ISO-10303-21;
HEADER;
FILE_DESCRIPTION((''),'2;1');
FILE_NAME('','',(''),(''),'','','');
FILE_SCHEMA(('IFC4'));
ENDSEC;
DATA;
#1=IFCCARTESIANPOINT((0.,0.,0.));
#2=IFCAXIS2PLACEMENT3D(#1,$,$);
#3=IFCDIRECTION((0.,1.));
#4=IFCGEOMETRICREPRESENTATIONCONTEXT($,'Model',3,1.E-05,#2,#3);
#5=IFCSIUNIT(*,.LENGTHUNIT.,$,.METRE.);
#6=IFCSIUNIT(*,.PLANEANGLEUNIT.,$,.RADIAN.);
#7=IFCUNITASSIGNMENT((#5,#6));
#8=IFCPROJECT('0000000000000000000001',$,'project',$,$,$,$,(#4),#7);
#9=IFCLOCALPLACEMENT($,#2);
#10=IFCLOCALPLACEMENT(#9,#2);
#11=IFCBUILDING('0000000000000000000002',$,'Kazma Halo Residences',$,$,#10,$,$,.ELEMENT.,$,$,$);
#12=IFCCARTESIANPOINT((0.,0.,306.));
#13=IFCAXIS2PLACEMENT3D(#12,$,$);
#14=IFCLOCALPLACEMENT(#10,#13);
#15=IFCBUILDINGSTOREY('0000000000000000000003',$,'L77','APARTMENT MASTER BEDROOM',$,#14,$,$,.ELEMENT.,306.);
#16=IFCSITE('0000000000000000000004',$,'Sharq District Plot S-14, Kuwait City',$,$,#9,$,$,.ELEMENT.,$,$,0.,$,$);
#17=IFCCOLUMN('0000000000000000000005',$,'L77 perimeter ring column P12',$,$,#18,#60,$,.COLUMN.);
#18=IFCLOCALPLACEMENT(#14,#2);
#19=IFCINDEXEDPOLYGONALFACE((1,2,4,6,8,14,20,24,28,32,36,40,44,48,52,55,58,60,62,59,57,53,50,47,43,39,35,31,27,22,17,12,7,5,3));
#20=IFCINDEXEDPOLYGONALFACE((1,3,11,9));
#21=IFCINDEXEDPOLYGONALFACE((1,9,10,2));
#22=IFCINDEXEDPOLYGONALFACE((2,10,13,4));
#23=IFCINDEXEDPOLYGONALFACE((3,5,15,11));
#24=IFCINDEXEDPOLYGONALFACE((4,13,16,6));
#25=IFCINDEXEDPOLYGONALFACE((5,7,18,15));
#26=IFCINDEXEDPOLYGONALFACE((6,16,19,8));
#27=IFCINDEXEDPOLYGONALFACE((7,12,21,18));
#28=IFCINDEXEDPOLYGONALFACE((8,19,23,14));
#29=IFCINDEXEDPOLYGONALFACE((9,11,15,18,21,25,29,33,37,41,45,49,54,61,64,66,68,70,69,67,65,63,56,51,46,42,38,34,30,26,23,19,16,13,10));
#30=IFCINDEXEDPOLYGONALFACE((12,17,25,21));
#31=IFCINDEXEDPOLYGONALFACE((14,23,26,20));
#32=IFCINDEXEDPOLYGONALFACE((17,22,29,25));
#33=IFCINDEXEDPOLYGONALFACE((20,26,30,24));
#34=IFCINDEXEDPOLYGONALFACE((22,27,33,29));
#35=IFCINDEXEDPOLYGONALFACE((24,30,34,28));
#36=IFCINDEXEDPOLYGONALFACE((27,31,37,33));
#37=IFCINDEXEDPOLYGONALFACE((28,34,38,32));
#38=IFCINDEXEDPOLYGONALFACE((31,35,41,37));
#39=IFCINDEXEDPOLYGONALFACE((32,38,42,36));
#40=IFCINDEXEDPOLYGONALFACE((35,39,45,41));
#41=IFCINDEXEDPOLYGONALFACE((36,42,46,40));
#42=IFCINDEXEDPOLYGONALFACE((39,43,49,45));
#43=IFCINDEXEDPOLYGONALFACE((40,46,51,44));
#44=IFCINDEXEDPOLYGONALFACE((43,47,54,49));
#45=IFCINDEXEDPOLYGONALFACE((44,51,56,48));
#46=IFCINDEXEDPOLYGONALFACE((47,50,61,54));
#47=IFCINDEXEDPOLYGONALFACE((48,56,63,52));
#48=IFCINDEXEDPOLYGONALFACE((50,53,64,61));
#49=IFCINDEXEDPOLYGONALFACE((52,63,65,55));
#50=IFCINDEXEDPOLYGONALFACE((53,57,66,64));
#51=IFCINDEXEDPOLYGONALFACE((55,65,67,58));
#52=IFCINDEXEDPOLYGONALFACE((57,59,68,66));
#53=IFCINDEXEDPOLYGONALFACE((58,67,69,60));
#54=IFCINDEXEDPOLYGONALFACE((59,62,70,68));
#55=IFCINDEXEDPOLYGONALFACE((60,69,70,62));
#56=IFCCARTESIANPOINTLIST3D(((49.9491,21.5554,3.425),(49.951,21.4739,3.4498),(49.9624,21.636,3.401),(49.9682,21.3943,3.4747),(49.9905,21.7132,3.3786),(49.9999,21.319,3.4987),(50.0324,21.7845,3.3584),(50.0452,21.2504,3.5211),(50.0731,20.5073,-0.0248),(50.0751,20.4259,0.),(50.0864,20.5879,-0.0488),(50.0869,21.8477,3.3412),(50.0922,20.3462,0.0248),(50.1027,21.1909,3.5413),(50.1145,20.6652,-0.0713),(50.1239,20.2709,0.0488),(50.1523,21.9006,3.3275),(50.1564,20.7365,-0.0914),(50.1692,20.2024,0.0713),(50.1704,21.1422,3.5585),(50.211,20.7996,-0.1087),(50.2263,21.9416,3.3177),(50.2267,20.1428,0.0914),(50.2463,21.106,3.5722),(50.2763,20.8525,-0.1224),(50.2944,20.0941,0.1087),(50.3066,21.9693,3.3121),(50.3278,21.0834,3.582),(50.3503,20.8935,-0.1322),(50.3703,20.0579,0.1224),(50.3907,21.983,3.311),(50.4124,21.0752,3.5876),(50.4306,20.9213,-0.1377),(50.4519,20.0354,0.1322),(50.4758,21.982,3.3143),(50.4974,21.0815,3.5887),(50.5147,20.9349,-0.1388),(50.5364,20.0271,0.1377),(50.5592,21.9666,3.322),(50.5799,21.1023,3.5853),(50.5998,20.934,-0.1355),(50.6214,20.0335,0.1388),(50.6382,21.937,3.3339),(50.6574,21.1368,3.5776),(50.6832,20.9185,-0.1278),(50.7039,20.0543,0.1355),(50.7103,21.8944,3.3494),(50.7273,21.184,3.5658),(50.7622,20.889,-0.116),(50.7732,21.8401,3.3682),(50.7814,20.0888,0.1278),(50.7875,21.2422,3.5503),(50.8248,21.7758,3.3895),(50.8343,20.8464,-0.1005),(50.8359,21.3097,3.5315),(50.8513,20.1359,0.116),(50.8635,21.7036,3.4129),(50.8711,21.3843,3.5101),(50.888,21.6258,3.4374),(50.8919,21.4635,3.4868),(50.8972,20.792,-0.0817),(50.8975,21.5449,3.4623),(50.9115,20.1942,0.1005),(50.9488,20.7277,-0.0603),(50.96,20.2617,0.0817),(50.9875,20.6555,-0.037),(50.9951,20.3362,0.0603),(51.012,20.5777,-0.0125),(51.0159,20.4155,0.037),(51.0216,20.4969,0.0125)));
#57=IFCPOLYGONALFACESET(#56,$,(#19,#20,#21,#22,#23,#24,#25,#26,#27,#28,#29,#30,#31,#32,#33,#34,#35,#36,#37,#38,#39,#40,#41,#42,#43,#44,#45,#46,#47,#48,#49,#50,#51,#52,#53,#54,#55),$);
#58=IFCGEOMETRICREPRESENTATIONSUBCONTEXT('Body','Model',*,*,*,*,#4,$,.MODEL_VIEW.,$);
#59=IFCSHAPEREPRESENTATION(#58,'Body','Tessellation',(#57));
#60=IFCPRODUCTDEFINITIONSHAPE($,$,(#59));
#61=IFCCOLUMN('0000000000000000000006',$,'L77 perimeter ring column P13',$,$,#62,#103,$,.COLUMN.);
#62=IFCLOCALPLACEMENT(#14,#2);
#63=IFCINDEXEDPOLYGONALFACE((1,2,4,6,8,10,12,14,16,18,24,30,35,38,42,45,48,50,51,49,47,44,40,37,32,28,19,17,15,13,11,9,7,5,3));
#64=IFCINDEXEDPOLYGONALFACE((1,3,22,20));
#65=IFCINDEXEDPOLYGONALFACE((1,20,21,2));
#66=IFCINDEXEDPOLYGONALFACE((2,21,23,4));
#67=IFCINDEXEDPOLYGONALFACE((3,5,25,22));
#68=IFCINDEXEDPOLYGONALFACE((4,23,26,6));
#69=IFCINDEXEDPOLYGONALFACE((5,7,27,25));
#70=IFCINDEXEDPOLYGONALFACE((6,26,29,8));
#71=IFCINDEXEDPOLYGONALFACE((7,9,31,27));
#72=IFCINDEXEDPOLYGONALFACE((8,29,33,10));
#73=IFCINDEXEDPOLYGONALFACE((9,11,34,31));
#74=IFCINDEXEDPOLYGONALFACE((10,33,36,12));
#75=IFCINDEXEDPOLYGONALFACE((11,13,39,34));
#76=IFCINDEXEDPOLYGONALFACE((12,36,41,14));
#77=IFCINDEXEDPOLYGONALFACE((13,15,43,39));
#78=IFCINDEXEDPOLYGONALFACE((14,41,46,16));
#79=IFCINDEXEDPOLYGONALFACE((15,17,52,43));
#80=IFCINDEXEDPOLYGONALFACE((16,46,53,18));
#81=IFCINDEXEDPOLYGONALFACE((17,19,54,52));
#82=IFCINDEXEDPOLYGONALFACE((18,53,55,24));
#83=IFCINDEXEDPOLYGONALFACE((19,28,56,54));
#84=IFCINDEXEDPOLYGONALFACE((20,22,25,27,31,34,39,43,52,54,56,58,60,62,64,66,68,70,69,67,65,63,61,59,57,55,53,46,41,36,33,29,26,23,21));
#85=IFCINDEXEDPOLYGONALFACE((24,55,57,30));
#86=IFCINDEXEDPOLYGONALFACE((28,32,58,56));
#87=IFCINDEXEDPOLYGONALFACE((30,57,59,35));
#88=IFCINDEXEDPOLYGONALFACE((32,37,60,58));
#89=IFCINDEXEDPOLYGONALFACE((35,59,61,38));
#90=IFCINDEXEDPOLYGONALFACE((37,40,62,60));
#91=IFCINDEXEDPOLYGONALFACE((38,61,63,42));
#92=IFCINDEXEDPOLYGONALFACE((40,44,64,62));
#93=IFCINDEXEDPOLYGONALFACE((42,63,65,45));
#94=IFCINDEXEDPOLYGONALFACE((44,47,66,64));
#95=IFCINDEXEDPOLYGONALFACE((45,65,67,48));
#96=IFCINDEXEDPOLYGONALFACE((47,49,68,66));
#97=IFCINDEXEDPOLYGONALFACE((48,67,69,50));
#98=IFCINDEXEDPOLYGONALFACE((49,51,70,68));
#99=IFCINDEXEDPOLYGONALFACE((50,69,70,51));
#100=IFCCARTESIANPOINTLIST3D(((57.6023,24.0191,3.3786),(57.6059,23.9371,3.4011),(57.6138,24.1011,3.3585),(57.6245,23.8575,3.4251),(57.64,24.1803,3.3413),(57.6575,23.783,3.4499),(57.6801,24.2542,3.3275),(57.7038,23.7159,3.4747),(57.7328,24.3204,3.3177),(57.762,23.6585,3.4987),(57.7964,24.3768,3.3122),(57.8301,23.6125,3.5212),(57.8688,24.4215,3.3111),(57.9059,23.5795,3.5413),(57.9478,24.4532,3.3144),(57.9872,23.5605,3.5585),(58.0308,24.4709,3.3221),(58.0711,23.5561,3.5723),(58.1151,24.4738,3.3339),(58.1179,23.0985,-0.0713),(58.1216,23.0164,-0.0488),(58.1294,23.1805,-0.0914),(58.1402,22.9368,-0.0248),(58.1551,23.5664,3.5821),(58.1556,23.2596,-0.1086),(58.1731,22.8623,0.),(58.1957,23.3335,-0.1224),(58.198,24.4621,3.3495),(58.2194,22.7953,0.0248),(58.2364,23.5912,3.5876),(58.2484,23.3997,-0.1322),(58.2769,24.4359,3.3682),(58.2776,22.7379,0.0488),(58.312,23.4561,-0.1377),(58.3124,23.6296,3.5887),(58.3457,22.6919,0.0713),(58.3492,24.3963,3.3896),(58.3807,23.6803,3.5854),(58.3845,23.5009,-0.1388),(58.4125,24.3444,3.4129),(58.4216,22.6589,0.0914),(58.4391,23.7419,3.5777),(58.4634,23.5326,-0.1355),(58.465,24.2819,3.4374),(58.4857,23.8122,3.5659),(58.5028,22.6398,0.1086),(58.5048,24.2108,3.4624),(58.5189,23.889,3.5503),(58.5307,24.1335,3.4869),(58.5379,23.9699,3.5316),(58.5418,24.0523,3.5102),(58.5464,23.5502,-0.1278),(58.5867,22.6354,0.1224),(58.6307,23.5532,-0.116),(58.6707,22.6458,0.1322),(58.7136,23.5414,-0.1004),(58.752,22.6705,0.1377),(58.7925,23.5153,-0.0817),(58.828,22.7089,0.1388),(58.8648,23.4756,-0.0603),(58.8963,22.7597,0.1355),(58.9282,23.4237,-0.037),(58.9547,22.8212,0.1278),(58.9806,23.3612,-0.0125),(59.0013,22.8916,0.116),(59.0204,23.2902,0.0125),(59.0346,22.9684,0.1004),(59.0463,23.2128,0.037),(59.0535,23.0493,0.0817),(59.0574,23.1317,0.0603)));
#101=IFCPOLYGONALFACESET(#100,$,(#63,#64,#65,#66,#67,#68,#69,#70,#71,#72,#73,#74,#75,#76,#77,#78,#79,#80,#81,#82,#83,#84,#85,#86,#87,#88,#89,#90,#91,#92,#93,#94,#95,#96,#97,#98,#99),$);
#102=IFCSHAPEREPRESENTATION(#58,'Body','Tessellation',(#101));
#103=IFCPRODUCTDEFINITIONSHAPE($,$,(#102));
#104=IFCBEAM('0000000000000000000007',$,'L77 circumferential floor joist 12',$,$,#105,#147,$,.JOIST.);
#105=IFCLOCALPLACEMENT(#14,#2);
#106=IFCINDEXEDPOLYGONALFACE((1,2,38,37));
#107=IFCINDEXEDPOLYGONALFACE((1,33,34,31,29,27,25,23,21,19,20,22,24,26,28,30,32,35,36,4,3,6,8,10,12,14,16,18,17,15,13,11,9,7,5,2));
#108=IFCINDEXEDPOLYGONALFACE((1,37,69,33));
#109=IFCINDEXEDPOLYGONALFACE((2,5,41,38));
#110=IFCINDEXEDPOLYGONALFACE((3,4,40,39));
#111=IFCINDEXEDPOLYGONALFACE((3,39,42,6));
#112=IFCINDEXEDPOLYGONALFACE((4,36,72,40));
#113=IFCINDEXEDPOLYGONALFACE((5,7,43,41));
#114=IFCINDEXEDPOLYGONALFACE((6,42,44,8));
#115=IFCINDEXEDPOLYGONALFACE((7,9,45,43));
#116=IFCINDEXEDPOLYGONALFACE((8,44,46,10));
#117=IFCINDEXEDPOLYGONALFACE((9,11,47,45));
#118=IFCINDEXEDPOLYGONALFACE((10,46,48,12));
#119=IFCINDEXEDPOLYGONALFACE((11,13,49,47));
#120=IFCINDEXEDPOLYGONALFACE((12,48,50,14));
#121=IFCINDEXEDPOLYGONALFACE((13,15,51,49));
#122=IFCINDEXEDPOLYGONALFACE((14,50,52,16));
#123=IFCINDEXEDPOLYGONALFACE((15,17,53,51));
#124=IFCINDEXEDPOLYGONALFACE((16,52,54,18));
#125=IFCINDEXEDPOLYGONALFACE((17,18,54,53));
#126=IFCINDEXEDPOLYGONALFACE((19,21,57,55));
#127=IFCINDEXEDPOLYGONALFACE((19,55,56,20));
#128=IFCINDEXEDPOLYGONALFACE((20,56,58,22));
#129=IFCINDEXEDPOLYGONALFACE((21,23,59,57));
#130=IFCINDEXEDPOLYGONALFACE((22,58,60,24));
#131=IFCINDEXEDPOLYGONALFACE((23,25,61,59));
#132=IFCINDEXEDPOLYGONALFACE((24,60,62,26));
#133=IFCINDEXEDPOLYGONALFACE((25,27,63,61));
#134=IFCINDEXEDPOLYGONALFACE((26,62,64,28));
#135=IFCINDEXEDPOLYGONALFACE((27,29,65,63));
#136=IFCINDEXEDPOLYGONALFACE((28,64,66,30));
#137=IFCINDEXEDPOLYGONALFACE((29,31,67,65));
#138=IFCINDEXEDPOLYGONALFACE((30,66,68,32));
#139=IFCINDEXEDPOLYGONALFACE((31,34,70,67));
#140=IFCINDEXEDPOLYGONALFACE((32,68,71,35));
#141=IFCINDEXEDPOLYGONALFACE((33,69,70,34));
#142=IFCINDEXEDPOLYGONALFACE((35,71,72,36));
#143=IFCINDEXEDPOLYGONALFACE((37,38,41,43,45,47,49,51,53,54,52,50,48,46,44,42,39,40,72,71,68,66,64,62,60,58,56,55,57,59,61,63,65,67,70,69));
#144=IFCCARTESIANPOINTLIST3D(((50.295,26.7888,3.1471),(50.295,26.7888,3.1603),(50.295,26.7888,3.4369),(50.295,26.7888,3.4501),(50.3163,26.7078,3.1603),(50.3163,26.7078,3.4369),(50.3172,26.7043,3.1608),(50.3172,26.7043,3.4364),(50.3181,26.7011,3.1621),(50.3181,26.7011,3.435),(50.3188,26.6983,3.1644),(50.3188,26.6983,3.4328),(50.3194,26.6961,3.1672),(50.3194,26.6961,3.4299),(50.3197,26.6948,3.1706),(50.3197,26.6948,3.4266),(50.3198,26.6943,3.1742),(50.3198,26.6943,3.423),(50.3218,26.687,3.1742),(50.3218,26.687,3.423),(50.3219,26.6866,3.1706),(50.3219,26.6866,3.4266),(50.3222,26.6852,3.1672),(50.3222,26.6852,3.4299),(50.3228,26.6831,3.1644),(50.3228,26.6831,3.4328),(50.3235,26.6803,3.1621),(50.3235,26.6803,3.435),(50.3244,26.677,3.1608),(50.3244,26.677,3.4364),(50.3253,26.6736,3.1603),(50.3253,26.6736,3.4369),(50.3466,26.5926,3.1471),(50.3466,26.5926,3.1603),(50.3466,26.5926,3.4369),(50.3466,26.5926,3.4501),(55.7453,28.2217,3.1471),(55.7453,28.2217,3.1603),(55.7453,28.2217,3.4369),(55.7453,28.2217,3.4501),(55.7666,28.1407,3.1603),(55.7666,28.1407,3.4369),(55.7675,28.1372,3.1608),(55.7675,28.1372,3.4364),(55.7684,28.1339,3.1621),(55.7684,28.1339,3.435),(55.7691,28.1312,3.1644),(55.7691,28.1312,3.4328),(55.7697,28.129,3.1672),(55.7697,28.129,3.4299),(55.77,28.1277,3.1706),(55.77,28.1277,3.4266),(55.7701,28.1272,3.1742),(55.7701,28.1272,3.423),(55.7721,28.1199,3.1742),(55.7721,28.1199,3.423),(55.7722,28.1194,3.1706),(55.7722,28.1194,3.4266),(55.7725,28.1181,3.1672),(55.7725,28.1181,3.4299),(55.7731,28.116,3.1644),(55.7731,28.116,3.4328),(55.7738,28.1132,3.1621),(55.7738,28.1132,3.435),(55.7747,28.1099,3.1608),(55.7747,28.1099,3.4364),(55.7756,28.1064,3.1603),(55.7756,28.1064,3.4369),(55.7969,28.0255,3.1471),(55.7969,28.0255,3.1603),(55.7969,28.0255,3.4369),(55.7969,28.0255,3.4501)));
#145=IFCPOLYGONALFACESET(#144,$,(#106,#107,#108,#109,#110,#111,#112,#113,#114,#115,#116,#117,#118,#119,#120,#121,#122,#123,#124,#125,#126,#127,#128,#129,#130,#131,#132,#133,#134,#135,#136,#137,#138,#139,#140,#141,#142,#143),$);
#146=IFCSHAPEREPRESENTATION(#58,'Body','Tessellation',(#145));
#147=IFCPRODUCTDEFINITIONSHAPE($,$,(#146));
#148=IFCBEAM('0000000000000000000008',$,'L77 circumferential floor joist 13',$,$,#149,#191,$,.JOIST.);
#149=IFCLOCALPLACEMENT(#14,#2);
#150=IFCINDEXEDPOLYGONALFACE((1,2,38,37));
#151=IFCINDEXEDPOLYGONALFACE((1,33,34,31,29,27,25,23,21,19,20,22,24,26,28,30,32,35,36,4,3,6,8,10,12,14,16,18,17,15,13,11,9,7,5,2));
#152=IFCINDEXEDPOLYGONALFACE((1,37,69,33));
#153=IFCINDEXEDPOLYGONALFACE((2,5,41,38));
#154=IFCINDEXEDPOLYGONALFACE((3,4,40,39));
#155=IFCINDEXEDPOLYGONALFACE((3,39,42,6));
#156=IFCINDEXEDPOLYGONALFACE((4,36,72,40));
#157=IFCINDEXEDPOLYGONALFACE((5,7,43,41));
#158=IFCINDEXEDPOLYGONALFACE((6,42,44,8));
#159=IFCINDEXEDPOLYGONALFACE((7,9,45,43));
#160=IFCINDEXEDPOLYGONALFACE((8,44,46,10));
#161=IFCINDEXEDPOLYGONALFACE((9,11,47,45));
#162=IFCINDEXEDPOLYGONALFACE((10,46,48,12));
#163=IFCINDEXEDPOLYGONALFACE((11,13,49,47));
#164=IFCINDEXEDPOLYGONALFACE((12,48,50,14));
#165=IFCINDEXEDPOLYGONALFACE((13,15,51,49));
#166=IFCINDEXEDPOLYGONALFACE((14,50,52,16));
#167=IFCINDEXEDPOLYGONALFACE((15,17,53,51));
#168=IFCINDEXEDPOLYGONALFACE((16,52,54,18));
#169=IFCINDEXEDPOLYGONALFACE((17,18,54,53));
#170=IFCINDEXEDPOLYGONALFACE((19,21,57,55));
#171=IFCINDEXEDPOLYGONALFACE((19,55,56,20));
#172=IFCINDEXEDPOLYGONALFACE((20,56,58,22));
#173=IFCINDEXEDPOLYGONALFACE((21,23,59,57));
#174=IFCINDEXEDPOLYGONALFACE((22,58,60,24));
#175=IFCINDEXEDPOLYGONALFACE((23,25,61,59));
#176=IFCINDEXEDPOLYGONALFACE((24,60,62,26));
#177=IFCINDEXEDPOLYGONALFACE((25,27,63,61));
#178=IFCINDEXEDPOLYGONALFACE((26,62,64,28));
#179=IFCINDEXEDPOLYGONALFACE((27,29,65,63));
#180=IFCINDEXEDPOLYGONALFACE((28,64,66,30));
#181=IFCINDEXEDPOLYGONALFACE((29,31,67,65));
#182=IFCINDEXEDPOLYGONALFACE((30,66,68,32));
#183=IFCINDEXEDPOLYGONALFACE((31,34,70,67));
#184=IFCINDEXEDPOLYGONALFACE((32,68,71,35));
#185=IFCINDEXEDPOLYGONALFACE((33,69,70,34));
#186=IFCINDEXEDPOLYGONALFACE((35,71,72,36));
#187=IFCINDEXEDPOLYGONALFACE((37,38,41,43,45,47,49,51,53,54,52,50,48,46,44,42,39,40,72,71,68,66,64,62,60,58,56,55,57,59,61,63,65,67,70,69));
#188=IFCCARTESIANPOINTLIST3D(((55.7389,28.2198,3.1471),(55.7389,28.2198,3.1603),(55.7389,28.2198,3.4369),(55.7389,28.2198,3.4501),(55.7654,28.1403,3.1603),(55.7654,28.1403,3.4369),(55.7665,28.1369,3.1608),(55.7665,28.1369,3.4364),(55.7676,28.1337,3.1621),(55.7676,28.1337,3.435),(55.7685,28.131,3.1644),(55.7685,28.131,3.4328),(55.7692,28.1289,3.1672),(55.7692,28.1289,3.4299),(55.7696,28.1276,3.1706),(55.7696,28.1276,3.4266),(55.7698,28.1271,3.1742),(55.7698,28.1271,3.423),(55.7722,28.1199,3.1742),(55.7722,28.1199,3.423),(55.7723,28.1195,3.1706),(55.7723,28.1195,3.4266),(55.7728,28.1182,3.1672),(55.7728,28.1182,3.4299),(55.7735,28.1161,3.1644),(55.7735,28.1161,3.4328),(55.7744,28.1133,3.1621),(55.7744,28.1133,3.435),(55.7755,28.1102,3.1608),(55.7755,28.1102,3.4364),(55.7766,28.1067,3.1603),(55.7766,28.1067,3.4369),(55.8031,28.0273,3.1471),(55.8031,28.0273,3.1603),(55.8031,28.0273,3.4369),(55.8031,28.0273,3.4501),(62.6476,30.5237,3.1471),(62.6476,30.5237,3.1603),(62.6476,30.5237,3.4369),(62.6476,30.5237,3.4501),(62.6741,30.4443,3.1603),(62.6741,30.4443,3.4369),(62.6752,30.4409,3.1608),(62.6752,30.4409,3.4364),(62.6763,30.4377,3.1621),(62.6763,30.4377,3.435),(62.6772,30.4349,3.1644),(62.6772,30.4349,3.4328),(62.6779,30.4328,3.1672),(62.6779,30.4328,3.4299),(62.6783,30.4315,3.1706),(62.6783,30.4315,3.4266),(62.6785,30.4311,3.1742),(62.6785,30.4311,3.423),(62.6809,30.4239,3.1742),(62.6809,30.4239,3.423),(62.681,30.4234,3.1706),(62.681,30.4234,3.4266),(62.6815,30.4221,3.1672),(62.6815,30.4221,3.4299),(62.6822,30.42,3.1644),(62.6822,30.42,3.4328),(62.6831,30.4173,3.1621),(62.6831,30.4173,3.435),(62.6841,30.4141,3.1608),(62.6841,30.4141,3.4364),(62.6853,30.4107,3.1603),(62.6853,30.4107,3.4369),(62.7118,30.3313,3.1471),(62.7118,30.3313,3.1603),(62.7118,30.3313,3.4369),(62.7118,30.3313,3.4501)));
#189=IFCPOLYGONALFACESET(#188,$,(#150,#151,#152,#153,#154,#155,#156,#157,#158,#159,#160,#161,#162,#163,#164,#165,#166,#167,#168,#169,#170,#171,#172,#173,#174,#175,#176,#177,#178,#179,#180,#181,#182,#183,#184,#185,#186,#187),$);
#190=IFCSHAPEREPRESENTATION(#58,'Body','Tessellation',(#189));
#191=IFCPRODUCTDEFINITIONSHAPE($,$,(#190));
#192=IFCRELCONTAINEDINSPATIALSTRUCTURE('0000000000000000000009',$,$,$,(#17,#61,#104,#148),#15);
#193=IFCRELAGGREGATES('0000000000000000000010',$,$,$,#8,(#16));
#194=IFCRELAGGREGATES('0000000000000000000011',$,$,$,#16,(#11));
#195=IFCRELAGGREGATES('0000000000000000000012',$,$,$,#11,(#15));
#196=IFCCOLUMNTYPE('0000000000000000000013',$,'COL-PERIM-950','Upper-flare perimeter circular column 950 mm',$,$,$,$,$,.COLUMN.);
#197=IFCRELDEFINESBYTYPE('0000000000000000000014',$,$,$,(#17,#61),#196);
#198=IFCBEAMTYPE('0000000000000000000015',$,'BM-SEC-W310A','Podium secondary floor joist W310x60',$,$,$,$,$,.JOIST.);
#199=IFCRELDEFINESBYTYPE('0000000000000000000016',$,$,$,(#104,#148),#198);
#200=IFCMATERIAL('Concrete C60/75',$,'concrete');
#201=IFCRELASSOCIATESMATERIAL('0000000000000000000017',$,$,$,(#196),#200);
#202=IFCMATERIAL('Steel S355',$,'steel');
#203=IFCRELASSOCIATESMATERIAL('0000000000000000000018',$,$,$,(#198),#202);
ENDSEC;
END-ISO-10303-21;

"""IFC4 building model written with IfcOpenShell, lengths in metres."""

from ifc_helpers import new_model, si_unit, direction, frame, origin, origin_2d, place, context, subcontext, project, spatial, circle, i_section, extrude, material, material_profile, profile_set, type_object, element, save


model = new_model("IFC4")

# Units and contexts
model_context = context("Model", 3, precision=1e-05, world=origin(), true_north=direction((0.0, 1.0)))
body_context = subcontext(model_context, "Body", "Model", "MODEL_VIEW")
ifc_project = project(units=[si_unit("LENGTHUNIT", "METRE"), si_unit("PLANEANGLEUNIT", "RADIAN")], contexts=[model_context])

# Site, building, storey
site_placement = place(None, origin())
site = spatial("IfcSite", under=ifc_project, at=site_placement, Name="Sharq District Plot S-14, Kuwait City", CompositionType="ELEMENT", RefElevation=0.0)
building_placement = place(site_placement, origin())
building = spatial("IfcBuilding", under=site, at=building_placement, Name="Kazma Halo Residences", CompositionType="ELEMENT")
storey_placement = place(building_placement, frame((0.0, 0.0, 306.0)))
storey = spatial("IfcBuildingStorey", under=building, at=storey_placement, Name="L77", Description="APARTMENT MASTER BEDROOM", CompositionType="ELEMENT", Elevation=306.0)

# Columns
ifc_material_1 = material(Name="Concrete C60/75", Category="concrete")
ifc_material_profile_1 = material_profile(ifc_material_1, circle(Radius=0.4751, at=origin_2d()), Name="CIRC950")
ifc_profile_set_1 = profile_set([ifc_material_profile_1], Name="Concrete C60/75")
column_type = type_object("IfcColumnType", Name="COL-PERIM-950", Description="Upper-flare perimeter circular column 950 mm", PredefinedType="COLUMN", material=ifc_profile_set_1)
for number, where, z_axis, x_axis, name in (
    (1, (50.5469, 20.4817, 0.0), (-0.034377, 0.29051, 0.956254), (-0.993071, -0.117512, 0.0), "L77 perimeter ring column P12"),
    (2, (58.5876, 23.0945, 0.0), (-0.142923, 0.25519, 0.956269), (-0.872482, -0.488646, 0.0), "L77 perimeter ring column P13"),
):
    element("IfcColumn", number, at=place(storey_placement, frame(where, z_axis=z_axis, x_axis=x_axis)), inside=storey, type_object=column_type, Name=name, PredefinedType="COLUMN", context=body_context, shape_type="SweptSolid", body=[
        extrude(circle(Radius=0.4751, at=origin_2d()), origin(), (0.0, 0.0, 1.0), 3.6077),
    ])

# Beams
ifc_material_2 = material(Name="Steel S355", Category="steel")
ifc_material_profile_2 = material_profile(ifc_material_2, i_section(OverallWidth=0.2029, OverallDepth=0.303, WebThickness=0.0076, FlangeThickness=0.0132, FilletRadius=0.0139, at=origin_2d()), Name="W310x60")
ifc_profile_set_2 = profile_set([ifc_material_profile_2], Name="Steel S355")
beam_type_1 = type_object("IfcBeamType", Name="BM-SEC-W310A", Description="Podium secondary floor joist W310x60", PredefinedType="JOIST", material=ifc_profile_set_2)
beam_1_placement = place(storey_placement, frame((50.3208, 26.6907, 3.2986), z_axis=(0.967136, 0.254261, 0.0), x_axis=(-0.254261, 0.967136, 0.0)))
element("IfcBeam", 3, at=beam_1_placement, inside=storey, type_object=beam_type_1, Name="L77 circumferential floor joist 12", PredefinedType="JOIST", context=body_context, shape_type="SweptSolid", body=[
    extrude(i_section(OverallWidth=0.2029, OverallDepth=0.303, WebThickness=0.0076, FlangeThickness=0.0132, FilletRadius=0.0139, at=origin_2d()), origin(), (0.0, 0.0, 1.0), 5.6355),
])
beam_2_placement = place(storey_placement, frame((55.771, 28.1235, 3.2986), z_axis=(0.94864, 0.316359, 0.0), x_axis=(-0.316359, 0.94864, 0.0)))
element("IfcBeam", 4, at=beam_2_placement, inside=storey, type_object=beam_type_1, Name="L77 circumferential floor joist 13", PredefinedType="JOIST", context=body_context, shape_type="SweptSolid", body=[
    extrude(i_section(OverallWidth=0.2029, OverallDepth=0.303, WebThickness=0.0076, FlangeThickness=0.0132, FilletRadius=0.0139, at=origin_2d()), origin(), (0.0, 0.0, 1.0), 7.2827),
])

save(model, "model.ifc")
